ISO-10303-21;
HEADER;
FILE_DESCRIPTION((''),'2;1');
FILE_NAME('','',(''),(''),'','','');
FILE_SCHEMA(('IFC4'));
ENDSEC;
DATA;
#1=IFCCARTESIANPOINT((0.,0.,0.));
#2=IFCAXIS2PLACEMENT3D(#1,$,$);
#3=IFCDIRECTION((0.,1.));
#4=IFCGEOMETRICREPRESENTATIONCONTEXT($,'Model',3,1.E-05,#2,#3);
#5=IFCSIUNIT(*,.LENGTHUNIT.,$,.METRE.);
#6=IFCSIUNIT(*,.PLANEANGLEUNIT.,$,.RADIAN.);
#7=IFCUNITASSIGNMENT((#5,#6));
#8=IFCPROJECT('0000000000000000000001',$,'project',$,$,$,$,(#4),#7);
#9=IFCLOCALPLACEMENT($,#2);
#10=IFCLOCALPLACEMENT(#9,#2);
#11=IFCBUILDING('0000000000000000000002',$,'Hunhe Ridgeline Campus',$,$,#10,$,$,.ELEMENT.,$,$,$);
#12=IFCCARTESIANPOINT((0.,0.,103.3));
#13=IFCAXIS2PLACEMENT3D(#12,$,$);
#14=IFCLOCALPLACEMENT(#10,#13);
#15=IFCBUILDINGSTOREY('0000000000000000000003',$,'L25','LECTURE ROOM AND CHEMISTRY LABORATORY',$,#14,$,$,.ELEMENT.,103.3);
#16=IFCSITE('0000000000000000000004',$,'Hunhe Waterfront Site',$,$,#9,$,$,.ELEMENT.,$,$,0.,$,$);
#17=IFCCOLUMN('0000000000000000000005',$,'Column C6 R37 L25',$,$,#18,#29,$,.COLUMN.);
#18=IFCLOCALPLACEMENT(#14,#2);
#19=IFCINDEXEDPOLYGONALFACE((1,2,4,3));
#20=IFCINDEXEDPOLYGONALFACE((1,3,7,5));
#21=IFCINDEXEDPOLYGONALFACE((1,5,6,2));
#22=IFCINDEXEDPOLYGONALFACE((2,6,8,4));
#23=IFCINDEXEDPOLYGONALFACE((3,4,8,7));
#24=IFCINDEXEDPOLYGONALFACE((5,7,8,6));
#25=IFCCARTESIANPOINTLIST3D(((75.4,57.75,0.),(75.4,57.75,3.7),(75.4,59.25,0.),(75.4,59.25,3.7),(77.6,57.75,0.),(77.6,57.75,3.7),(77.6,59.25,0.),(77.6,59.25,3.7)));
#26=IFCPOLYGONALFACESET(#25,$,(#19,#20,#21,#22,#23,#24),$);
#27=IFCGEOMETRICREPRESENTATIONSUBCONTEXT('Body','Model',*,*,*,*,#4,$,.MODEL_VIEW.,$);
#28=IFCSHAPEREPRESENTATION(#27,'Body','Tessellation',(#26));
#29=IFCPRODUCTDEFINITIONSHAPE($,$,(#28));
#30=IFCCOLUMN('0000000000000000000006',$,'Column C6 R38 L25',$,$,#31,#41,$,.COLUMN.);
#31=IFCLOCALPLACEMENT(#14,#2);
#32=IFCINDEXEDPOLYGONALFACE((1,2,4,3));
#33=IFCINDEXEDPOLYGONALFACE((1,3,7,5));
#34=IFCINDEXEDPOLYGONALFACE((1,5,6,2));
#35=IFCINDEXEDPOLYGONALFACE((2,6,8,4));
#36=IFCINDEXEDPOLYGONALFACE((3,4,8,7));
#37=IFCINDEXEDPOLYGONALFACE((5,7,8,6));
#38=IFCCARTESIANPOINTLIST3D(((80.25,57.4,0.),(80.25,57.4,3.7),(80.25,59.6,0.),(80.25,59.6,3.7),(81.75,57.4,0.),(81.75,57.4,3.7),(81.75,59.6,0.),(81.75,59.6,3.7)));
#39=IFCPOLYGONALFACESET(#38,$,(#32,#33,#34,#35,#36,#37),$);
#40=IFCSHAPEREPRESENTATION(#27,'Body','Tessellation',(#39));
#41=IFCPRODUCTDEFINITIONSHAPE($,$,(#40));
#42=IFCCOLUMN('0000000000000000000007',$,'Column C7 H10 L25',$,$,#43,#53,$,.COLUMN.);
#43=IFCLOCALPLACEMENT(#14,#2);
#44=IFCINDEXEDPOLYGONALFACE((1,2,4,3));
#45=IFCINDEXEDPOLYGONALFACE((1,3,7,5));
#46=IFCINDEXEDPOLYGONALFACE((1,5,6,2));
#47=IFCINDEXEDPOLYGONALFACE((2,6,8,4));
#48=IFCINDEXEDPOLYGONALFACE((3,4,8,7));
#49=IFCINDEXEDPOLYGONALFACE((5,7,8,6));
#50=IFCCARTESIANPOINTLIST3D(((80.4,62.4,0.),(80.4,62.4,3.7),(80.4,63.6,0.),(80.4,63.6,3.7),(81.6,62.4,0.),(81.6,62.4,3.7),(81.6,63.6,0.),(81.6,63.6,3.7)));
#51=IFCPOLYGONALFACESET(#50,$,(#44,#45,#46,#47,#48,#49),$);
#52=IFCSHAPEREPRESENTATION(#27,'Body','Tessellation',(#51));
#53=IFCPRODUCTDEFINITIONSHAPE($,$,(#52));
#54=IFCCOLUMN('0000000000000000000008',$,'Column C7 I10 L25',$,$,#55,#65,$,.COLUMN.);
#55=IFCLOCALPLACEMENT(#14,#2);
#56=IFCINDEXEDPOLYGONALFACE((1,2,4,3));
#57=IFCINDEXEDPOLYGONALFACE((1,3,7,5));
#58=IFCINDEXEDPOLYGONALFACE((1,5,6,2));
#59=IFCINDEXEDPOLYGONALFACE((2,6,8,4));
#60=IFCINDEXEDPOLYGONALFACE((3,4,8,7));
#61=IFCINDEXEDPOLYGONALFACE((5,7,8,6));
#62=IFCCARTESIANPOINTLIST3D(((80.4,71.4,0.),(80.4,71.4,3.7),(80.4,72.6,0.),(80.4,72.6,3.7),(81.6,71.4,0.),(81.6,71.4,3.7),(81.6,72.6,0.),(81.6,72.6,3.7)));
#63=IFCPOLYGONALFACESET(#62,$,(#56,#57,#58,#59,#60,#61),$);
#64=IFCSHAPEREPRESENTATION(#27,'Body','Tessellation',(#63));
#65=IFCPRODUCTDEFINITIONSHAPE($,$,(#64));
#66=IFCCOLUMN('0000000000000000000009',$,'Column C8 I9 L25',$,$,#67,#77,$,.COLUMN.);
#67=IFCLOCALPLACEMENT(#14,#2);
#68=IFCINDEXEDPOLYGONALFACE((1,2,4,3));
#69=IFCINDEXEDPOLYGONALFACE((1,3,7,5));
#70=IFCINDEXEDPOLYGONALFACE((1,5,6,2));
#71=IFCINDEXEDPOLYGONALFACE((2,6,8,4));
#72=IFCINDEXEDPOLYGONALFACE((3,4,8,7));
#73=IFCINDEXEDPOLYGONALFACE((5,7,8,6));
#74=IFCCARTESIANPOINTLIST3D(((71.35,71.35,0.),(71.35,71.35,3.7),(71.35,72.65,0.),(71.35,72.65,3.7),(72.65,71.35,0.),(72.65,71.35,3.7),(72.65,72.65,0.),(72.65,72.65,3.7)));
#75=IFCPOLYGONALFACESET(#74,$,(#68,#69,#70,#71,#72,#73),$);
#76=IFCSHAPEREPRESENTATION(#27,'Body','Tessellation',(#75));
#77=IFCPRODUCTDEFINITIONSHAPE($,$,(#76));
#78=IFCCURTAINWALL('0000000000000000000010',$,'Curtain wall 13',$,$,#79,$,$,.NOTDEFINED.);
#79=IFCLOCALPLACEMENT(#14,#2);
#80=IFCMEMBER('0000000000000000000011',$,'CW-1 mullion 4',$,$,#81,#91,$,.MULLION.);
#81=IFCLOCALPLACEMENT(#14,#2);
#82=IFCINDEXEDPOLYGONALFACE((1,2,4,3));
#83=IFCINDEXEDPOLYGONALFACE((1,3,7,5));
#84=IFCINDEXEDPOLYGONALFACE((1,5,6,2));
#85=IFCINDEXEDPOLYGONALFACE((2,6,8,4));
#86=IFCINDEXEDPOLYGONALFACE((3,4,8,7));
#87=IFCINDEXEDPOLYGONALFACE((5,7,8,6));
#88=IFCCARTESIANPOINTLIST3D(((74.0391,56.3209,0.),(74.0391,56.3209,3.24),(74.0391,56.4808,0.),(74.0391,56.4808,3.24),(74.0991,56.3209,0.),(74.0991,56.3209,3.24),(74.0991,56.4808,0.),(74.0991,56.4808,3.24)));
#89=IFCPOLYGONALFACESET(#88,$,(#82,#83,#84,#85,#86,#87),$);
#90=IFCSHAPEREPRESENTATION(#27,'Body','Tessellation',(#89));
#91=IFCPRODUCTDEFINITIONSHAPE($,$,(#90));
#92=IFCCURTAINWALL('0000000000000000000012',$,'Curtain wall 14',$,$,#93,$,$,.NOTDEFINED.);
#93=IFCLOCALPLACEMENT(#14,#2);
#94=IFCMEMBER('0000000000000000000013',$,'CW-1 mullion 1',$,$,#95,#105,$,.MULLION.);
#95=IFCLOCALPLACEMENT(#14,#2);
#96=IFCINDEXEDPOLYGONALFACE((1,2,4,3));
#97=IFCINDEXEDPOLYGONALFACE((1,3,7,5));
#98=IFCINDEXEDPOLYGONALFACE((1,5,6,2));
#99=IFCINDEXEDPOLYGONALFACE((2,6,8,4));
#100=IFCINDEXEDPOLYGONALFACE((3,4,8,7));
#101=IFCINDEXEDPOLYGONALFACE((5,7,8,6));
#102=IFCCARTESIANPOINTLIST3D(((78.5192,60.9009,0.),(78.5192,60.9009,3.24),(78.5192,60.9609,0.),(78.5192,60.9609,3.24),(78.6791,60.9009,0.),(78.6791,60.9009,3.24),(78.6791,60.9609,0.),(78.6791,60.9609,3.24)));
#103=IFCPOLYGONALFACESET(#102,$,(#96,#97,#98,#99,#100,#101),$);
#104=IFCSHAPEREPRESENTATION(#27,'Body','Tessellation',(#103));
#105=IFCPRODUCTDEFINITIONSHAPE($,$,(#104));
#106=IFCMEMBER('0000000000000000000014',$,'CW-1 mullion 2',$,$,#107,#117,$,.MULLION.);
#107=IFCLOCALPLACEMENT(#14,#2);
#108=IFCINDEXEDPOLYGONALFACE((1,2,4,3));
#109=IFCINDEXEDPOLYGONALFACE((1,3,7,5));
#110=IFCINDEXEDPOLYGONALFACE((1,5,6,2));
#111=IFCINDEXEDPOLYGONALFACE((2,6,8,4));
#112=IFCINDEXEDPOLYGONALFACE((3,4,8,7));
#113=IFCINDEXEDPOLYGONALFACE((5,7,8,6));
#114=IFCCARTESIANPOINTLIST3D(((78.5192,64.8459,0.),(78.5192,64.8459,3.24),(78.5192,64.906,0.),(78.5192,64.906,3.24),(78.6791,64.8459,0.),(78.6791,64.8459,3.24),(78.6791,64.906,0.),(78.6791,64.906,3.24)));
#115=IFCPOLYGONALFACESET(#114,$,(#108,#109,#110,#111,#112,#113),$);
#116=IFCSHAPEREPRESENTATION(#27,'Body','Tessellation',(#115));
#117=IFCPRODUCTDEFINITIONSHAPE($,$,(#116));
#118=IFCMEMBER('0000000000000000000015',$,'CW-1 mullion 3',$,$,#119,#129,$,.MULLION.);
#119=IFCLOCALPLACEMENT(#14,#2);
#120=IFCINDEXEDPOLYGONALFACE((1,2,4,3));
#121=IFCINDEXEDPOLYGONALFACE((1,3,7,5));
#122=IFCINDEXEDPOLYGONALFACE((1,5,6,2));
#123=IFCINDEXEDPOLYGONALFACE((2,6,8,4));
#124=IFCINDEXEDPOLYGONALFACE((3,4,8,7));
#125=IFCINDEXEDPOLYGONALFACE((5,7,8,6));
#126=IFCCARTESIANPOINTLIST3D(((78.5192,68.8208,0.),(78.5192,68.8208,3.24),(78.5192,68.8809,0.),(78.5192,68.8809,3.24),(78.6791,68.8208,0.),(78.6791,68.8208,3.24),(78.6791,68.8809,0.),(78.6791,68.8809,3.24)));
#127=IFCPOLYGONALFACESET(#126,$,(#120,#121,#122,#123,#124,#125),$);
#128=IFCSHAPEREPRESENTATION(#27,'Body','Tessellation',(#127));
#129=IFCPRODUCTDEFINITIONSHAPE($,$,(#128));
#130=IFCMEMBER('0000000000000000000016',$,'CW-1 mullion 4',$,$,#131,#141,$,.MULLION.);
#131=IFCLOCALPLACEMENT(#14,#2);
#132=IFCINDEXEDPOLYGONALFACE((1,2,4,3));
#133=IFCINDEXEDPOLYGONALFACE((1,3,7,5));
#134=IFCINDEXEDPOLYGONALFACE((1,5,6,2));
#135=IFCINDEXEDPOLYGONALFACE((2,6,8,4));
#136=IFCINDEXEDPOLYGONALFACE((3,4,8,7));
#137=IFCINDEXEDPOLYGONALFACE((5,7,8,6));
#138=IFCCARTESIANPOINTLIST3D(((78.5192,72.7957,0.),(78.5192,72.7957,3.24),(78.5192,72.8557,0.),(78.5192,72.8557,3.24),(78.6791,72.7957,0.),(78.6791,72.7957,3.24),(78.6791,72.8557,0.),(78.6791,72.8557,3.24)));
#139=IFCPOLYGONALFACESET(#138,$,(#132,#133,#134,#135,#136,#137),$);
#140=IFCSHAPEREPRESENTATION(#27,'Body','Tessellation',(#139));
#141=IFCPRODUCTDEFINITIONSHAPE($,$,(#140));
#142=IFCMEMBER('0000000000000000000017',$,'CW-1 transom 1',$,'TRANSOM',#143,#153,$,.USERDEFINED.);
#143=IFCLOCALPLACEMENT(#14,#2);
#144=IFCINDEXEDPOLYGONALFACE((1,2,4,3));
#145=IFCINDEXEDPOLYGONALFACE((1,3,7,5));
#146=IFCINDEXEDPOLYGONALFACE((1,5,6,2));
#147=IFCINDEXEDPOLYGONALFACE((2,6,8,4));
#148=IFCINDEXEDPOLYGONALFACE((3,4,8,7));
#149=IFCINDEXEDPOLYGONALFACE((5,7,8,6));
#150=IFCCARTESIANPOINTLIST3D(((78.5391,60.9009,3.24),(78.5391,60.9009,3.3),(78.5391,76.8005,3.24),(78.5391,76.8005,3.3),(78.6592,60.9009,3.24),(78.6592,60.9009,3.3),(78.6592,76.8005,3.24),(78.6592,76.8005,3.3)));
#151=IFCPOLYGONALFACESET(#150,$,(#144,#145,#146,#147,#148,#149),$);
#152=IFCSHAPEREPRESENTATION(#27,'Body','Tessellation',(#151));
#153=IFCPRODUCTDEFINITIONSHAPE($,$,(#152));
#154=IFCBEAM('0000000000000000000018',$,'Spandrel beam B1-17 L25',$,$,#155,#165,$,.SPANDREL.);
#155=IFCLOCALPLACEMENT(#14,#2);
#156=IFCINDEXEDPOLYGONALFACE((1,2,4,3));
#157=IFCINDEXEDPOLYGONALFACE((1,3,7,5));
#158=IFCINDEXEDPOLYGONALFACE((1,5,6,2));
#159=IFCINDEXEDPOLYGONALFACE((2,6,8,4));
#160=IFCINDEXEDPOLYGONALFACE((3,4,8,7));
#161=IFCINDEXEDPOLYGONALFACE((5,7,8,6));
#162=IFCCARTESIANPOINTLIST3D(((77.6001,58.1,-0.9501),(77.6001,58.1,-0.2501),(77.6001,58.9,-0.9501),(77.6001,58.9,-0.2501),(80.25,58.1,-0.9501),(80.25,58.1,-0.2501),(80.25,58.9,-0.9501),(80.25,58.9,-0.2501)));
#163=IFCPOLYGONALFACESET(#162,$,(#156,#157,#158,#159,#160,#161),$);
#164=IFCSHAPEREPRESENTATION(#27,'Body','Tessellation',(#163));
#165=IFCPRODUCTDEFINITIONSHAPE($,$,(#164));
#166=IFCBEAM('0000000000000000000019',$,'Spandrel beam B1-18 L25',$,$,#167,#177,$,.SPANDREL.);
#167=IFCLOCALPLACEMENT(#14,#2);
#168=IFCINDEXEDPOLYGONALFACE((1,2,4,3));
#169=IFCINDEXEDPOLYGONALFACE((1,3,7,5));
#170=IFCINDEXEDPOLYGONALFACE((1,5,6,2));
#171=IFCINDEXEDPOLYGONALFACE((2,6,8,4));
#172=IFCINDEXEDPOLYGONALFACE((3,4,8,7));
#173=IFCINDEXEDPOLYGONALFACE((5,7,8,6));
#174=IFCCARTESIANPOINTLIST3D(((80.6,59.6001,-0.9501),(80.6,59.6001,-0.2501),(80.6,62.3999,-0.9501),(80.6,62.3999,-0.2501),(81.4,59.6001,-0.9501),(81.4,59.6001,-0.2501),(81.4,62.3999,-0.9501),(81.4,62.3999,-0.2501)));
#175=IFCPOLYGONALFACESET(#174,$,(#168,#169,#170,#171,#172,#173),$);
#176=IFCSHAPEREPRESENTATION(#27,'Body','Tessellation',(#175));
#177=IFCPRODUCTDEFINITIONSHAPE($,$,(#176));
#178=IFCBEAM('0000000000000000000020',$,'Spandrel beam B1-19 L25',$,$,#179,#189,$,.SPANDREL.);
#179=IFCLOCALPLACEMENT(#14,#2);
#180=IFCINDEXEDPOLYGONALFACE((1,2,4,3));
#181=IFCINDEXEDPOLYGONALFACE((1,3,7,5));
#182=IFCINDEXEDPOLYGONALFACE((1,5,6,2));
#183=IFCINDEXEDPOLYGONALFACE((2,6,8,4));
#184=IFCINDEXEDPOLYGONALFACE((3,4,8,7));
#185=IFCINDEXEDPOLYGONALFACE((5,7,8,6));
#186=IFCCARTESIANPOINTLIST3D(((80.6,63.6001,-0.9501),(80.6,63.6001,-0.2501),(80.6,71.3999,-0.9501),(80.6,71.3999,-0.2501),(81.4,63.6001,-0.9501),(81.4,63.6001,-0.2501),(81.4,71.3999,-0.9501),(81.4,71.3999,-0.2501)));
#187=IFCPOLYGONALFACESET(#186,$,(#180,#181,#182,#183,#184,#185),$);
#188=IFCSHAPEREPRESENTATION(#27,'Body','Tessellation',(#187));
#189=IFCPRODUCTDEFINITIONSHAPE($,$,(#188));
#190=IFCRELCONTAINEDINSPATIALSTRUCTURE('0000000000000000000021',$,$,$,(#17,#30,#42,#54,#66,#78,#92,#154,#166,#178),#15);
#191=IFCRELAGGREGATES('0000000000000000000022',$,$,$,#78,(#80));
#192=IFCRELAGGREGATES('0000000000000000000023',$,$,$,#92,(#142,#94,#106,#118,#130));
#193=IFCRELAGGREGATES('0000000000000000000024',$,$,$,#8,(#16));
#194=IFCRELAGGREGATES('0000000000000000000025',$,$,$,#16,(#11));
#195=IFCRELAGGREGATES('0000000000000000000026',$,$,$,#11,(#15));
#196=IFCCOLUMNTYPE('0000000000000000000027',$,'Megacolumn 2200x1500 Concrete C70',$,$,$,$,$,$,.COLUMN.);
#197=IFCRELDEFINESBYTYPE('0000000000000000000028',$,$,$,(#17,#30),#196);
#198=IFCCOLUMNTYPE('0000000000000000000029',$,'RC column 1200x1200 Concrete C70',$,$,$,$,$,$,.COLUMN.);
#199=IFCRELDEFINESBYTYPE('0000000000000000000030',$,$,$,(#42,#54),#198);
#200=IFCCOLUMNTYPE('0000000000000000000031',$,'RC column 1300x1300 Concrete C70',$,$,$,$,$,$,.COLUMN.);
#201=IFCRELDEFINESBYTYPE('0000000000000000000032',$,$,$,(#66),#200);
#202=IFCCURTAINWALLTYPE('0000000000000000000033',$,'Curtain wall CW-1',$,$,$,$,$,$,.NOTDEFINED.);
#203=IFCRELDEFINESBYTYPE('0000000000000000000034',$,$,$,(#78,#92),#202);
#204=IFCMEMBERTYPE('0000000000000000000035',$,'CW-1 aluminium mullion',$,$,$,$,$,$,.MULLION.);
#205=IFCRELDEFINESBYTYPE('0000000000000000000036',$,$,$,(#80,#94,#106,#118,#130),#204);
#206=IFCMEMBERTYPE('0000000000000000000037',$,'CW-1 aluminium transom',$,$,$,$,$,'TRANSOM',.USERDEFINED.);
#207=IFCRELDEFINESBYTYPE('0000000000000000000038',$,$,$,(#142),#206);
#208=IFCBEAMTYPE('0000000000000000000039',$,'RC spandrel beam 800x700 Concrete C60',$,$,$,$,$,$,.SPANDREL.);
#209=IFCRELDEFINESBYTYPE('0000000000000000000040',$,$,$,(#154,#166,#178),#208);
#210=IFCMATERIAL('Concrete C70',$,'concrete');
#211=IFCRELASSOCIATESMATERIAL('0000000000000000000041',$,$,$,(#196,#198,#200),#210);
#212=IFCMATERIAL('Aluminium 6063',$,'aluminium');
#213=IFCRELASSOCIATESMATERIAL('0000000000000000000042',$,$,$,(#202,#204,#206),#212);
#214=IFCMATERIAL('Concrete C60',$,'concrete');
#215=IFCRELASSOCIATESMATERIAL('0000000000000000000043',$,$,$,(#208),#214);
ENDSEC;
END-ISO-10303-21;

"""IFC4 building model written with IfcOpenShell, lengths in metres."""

from ifc_helpers import new_model, si_unit, direction, frame, origin, origin_2d, place, context, subcontext, project, spatial, rectangle, extrude, material, material_profile, profile_set, type_object, element, aggregate, save


model = new_model("IFC4")

# Units and contexts
model_context = context("Model", 3, precision=1e-05, world=origin(), true_north=direction((0.0, 1.0)))
body_context = subcontext(model_context, "Body", "Model", "MODEL_VIEW")
ifc_project = project(units=[si_unit("LENGTHUNIT", "METRE"), si_unit("PLANEANGLEUNIT", "RADIAN")], contexts=[model_context])

# Site, building, storey
site_placement = place(None, origin())
site = spatial("IfcSite", under=ifc_project, at=site_placement, Name="Hunhe Waterfront Site", CompositionType="ELEMENT", RefElevation=0.0)
building_placement = place(site_placement, origin())
building = spatial("IfcBuilding", under=site, at=building_placement, Name="Hunhe Ridgeline Campus", CompositionType="ELEMENT")
storey_placement = place(building_placement, frame((0.0, 0.0, 103.3)))
storey = spatial("IfcBuildingStorey", under=building, at=storey_placement, Name="L25", Description="LECTURE ROOM AND CHEMISTRY LABORATORY", CompositionType="ELEMENT", Elevation=103.3)

# Columns
ifc_material_1 = material(Name="Concrete C70", Category="concrete")
ifc_material_profile_1 = material_profile(ifc_material_1, rectangle(XDim=2.2, YDim=1.5, at=origin_2d()))
ifc_profile_set_1 = profile_set([ifc_material_profile_1], Name="Concrete C70")
column_type_1 = type_object("IfcColumnType", Name="Megacolumn 2200x1500 Concrete C70", PredefinedType="COLUMN", material=ifc_profile_set_1)
for number, where, z_axis, x_axis, name in (
    (1, (76.5, 58.5, 0.0), (0.0, 0.0, 1.0), (1.0, 0.0, 0.0), "Column C6 R37 L25"),
    (2, (81.0, 58.5, 0.0), (0.0, 0.0, 1.0), (0.0, 1.0, 0.0), "Column C6 R38 L25"),
):
    element("IfcColumn", number, at=place(storey_placement, frame(where, z_axis=z_axis, x_axis=x_axis)), inside=storey, type_object=column_type_1, Name=name, PredefinedType="COLUMN", context=body_context, shape_type="SweptSolid", body=[
        extrude(rectangle(XDim=2.2, YDim=1.5, at=origin_2d()), origin(), (0.0, 0.0, 1.0), 3.7),
    ])
ifc_material_profile_2 = material_profile(ifc_material_1, rectangle(XDim=1.2, YDim=1.2, at=origin_2d()))
ifc_profile_set_2 = profile_set([ifc_material_profile_2], Name="Concrete C70")
column_type_2 = type_object("IfcColumnType", Name="RC column 1200x1200 Concrete C70", PredefinedType="COLUMN", material=ifc_profile_set_2)
for number, where, z_axis, x_axis, name in (
    (3, (81.0, 63.0, 0.0), (0.0, 0.0, 1.0), (1.0, 0.0, 0.0), "Column C7 H10 L25"),
    (4, (81.0, 72.0, 0.0), (0.0, 0.0, 1.0), (1.0, 0.0, 0.0), "Column C7 I10 L25"),
):
    element("IfcColumn", number, at=place(storey_placement, frame(where, z_axis=z_axis, x_axis=x_axis)), inside=storey, type_object=column_type_2, Name=name, PredefinedType="COLUMN", context=body_context, shape_type="SweptSolid", body=[
        extrude(rectangle(XDim=1.2, YDim=1.2, at=origin_2d()), origin(), (0.0, 0.0, 1.0), 3.7),
    ])
ifc_material_profile_3 = material_profile(ifc_material_1, rectangle(XDim=1.3, YDim=1.3, at=origin_2d()))
ifc_profile_set_3 = profile_set([ifc_material_profile_3], Name="Concrete C70")
column_type_3 = type_object("IfcColumnType", Name="RC column 1300x1300 Concrete C70", PredefinedType="COLUMN", material=ifc_profile_set_3)
column_placement = place(storey_placement, frame((72.0, 72.0, 0.0), z_axis=(0.0, 0.0, 1.0), x_axis=(1.0, 0.0, 0.0)))
element("IfcColumn", 5, at=column_placement, inside=storey, type_object=column_type_3, Name="Column C8 I9 L25", PredefinedType="COLUMN", context=body_context, shape_type="SweptSolid", body=[
    extrude(rectangle(XDim=1.3, YDim=1.3, at=origin_2d()), origin(), (0.0, 0.0, 1.0), 3.7),
])

# Curtain wall, member
ifc_material_2 = material(Name="Aluminium 6063", Category="aluminium")
curtain_wall_type = type_object("IfcCurtainWallType", Name="Curtain wall CW-1", PredefinedType="NOTDEFINED", material=ifc_material_2)
curtain_wall_1_placement = place(storey_placement, origin())
curtain_wall_1 = element("IfcCurtainWall", 6, at=curtain_wall_1_placement, inside=storey, type_object=curtain_wall_type, Name="Curtain wall 13", PredefinedType="NOTDEFINED")
ifc_material_profile_4 = material_profile(ifc_material_2, rectangle(XDim=0.1599, YDim=0.0601, at=origin_2d()))
ifc_profile_set_4 = profile_set([ifc_material_profile_4], Name="Aluminium 6063")
member_type_1 = type_object("IfcMemberType", Name="CW-1 aluminium mullion", PredefinedType="MULLION", material=ifc_profile_set_4)
member_1_placement = place(storey_placement, frame((74.0691, 56.4009, 0.0), z_axis=(0.0, 0.0, 1.0), x_axis=(0.0, 1.0, 0.0)))
member_1 = element("IfcMember", 7, at=member_1_placement, type_object=member_type_1, Name="CW-1 mullion 4", PredefinedType="MULLION", context=body_context, shape_type="SweptSolid", body=[
    extrude(rectangle(XDim=0.1599, YDim=0.0601, at=origin_2d()), origin(), (0.0, 0.0, 1.0), 3.24),
])
aggregate(curtain_wall_1, [member_1])

# Curtain wall, members
curtain_wall_2_placement = place(storey_placement, origin())
curtain_wall_2 = element("IfcCurtainWall", 8, at=curtain_wall_2_placement, inside=storey, type_object=curtain_wall_type, Name="Curtain wall 14", PredefinedType="NOTDEFINED")
member_2_placement = place(storey_placement, frame((78.5991, 60.9309, 0.0), z_axis=(0.0, 0.0, 1.0), x_axis=(-1.0, 0.0, 0.0)))
member_2 = element("IfcMember", 9, at=member_2_placement, type_object=member_type_1, Name="CW-1 mullion 1", PredefinedType="MULLION", context=body_context, shape_type="SweptSolid", body=[
    extrude(rectangle(XDim=0.1599, YDim=0.0601, at=origin_2d()), origin(), (0.0, 0.0, 1.0), 3.24),
])
member_3_placement = place(storey_placement, frame((78.5991, 64.876, 0.0), z_axis=(0.0, 0.0, 1.0), x_axis=(-1.0, 0.0, 0.0)))
member_3 = element("IfcMember", 10, at=member_3_placement, type_object=member_type_1, Name="CW-1 mullion 2", PredefinedType="MULLION", context=body_context, shape_type="SweptSolid", body=[
    extrude(rectangle(XDim=0.1599, YDim=0.0601, at=origin_2d()), origin(), (0.0, 0.0, 1.0), 3.24),
])
member_4_placement = place(storey_placement, frame((78.5991, 68.8508, 0.0), z_axis=(0.0, 0.0, 1.0), x_axis=(-1.0, 0.0, 0.0)))
member_4 = element("IfcMember", 11, at=member_4_placement, type_object=member_type_1, Name="CW-1 mullion 3", PredefinedType="MULLION", context=body_context, shape_type="SweptSolid", body=[
    extrude(rectangle(XDim=0.1599, YDim=0.0601, at=origin_2d()), origin(), (0.0, 0.0, 1.0), 3.24),
])
member_5_placement = place(storey_placement, frame((78.5991, 72.8257, 0.0), z_axis=(0.0, 0.0, 1.0), x_axis=(-1.0, 0.0, 0.0)))
member_5 = element("IfcMember", 12, at=member_5_placement, type_object=member_type_1, Name="CW-1 mullion 4", PredefinedType="MULLION", context=body_context, shape_type="SweptSolid", body=[
    extrude(rectangle(XDim=0.1599, YDim=0.0601, at=origin_2d()), origin(), (0.0, 0.0, 1.0), 3.24),
])
ifc_material_profile_5 = material_profile(ifc_material_2, rectangle(XDim=0.1201, YDim=0.0601, at=origin_2d()))
ifc_profile_set_5 = profile_set([ifc_material_profile_5], Name="Aluminium 6063")
member_type_2 = type_object("IfcMemberType", Name="CW-1 aluminium transom", ElementType="TRANSOM", PredefinedType="USERDEFINED", material=ifc_profile_set_5)
member_6_placement = place(storey_placement, frame((78.5991, 60.9009, 3.27), z_axis=(0.0, 1.0, 0.0), x_axis=(-1.0, 0.0, 0.0)))
member_6 = element("IfcMember", 13, at=member_6_placement, type_object=member_type_2, Name="CW-1 transom 1", ObjectType="TRANSOM", PredefinedType="USERDEFINED", context=body_context, shape_type="SweptSolid", body=[
    extrude(rectangle(XDim=0.1201, YDim=0.0601, at=origin_2d()), origin(), (0.0, 0.0, 1.0), 15.8997),
])

# Beams
ifc_material_3 = material(Name="Concrete C60", Category="concrete")
ifc_material_profile_6 = material_profile(ifc_material_3, rectangle(XDim=0.8, YDim=0.7, at=origin_2d()))
ifc_profile_set_6 = profile_set([ifc_material_profile_6], Name="Concrete C60")
beam_type = type_object("IfcBeamType", Name="RC spandrel beam 800x700 Concrete C60", PredefinedType="SPANDREL", material=ifc_profile_set_6)
beam_1_placement = place(storey_placement, frame((77.6001, 58.5, -0.6001), z_axis=(1.0, 0.0, 0.0), x_axis=(0.0, 1.0, 0.0)))
element("IfcBeam", 14, at=beam_1_placement, inside=storey, type_object=beam_type, Name="Spandrel beam B1-17 L25", PredefinedType="SPANDREL", context=body_context, shape_type="SweptSolid", body=[
    extrude(rectangle(XDim=0.8, YDim=0.7, at=origin_2d()), origin(), (0.0, 0.0, 1.0), 2.6499),
])
beam_2_placement = place(storey_placement, frame((81.0, 59.6001, -0.6001), z_axis=(0.0, 1.0, 0.0), x_axis=(-1.0, 0.0, 0.0)))
element("IfcBeam", 15, at=beam_2_placement, inside=storey, type_object=beam_type, Name="Spandrel beam B1-18 L25", PredefinedType="SPANDREL", context=body_context, shape_type="SweptSolid", body=[
    extrude(rectangle(XDim=0.8, YDim=0.7, at=origin_2d()), origin(), (0.0, 0.0, 1.0), 2.7998),
])
for number, where, z_axis, x_axis, name in (
    (16, (81.0, 63.6001, -0.6001), (0.0, 1.0, 0.0), (-1.0, 0.0, 0.0), "Spandrel beam B1-19 L25"),
):
    element("IfcBeam", number, at=place(storey_placement, frame(where, z_axis=z_axis, x_axis=x_axis)), inside=storey, type_object=beam_type, Name=name, PredefinedType="SPANDREL", context=body_context, shape_type="SweptSolid", body=[
        extrude(rectangle(XDim=0.8, YDim=0.7, at=origin_2d()), origin(), (0.0, 0.0, 1.0), 7.7998),
    ])

aggregate(curtain_wall_2, [member_6, member_2, member_3, member_4, member_5])

save(model, "model.ifc")
